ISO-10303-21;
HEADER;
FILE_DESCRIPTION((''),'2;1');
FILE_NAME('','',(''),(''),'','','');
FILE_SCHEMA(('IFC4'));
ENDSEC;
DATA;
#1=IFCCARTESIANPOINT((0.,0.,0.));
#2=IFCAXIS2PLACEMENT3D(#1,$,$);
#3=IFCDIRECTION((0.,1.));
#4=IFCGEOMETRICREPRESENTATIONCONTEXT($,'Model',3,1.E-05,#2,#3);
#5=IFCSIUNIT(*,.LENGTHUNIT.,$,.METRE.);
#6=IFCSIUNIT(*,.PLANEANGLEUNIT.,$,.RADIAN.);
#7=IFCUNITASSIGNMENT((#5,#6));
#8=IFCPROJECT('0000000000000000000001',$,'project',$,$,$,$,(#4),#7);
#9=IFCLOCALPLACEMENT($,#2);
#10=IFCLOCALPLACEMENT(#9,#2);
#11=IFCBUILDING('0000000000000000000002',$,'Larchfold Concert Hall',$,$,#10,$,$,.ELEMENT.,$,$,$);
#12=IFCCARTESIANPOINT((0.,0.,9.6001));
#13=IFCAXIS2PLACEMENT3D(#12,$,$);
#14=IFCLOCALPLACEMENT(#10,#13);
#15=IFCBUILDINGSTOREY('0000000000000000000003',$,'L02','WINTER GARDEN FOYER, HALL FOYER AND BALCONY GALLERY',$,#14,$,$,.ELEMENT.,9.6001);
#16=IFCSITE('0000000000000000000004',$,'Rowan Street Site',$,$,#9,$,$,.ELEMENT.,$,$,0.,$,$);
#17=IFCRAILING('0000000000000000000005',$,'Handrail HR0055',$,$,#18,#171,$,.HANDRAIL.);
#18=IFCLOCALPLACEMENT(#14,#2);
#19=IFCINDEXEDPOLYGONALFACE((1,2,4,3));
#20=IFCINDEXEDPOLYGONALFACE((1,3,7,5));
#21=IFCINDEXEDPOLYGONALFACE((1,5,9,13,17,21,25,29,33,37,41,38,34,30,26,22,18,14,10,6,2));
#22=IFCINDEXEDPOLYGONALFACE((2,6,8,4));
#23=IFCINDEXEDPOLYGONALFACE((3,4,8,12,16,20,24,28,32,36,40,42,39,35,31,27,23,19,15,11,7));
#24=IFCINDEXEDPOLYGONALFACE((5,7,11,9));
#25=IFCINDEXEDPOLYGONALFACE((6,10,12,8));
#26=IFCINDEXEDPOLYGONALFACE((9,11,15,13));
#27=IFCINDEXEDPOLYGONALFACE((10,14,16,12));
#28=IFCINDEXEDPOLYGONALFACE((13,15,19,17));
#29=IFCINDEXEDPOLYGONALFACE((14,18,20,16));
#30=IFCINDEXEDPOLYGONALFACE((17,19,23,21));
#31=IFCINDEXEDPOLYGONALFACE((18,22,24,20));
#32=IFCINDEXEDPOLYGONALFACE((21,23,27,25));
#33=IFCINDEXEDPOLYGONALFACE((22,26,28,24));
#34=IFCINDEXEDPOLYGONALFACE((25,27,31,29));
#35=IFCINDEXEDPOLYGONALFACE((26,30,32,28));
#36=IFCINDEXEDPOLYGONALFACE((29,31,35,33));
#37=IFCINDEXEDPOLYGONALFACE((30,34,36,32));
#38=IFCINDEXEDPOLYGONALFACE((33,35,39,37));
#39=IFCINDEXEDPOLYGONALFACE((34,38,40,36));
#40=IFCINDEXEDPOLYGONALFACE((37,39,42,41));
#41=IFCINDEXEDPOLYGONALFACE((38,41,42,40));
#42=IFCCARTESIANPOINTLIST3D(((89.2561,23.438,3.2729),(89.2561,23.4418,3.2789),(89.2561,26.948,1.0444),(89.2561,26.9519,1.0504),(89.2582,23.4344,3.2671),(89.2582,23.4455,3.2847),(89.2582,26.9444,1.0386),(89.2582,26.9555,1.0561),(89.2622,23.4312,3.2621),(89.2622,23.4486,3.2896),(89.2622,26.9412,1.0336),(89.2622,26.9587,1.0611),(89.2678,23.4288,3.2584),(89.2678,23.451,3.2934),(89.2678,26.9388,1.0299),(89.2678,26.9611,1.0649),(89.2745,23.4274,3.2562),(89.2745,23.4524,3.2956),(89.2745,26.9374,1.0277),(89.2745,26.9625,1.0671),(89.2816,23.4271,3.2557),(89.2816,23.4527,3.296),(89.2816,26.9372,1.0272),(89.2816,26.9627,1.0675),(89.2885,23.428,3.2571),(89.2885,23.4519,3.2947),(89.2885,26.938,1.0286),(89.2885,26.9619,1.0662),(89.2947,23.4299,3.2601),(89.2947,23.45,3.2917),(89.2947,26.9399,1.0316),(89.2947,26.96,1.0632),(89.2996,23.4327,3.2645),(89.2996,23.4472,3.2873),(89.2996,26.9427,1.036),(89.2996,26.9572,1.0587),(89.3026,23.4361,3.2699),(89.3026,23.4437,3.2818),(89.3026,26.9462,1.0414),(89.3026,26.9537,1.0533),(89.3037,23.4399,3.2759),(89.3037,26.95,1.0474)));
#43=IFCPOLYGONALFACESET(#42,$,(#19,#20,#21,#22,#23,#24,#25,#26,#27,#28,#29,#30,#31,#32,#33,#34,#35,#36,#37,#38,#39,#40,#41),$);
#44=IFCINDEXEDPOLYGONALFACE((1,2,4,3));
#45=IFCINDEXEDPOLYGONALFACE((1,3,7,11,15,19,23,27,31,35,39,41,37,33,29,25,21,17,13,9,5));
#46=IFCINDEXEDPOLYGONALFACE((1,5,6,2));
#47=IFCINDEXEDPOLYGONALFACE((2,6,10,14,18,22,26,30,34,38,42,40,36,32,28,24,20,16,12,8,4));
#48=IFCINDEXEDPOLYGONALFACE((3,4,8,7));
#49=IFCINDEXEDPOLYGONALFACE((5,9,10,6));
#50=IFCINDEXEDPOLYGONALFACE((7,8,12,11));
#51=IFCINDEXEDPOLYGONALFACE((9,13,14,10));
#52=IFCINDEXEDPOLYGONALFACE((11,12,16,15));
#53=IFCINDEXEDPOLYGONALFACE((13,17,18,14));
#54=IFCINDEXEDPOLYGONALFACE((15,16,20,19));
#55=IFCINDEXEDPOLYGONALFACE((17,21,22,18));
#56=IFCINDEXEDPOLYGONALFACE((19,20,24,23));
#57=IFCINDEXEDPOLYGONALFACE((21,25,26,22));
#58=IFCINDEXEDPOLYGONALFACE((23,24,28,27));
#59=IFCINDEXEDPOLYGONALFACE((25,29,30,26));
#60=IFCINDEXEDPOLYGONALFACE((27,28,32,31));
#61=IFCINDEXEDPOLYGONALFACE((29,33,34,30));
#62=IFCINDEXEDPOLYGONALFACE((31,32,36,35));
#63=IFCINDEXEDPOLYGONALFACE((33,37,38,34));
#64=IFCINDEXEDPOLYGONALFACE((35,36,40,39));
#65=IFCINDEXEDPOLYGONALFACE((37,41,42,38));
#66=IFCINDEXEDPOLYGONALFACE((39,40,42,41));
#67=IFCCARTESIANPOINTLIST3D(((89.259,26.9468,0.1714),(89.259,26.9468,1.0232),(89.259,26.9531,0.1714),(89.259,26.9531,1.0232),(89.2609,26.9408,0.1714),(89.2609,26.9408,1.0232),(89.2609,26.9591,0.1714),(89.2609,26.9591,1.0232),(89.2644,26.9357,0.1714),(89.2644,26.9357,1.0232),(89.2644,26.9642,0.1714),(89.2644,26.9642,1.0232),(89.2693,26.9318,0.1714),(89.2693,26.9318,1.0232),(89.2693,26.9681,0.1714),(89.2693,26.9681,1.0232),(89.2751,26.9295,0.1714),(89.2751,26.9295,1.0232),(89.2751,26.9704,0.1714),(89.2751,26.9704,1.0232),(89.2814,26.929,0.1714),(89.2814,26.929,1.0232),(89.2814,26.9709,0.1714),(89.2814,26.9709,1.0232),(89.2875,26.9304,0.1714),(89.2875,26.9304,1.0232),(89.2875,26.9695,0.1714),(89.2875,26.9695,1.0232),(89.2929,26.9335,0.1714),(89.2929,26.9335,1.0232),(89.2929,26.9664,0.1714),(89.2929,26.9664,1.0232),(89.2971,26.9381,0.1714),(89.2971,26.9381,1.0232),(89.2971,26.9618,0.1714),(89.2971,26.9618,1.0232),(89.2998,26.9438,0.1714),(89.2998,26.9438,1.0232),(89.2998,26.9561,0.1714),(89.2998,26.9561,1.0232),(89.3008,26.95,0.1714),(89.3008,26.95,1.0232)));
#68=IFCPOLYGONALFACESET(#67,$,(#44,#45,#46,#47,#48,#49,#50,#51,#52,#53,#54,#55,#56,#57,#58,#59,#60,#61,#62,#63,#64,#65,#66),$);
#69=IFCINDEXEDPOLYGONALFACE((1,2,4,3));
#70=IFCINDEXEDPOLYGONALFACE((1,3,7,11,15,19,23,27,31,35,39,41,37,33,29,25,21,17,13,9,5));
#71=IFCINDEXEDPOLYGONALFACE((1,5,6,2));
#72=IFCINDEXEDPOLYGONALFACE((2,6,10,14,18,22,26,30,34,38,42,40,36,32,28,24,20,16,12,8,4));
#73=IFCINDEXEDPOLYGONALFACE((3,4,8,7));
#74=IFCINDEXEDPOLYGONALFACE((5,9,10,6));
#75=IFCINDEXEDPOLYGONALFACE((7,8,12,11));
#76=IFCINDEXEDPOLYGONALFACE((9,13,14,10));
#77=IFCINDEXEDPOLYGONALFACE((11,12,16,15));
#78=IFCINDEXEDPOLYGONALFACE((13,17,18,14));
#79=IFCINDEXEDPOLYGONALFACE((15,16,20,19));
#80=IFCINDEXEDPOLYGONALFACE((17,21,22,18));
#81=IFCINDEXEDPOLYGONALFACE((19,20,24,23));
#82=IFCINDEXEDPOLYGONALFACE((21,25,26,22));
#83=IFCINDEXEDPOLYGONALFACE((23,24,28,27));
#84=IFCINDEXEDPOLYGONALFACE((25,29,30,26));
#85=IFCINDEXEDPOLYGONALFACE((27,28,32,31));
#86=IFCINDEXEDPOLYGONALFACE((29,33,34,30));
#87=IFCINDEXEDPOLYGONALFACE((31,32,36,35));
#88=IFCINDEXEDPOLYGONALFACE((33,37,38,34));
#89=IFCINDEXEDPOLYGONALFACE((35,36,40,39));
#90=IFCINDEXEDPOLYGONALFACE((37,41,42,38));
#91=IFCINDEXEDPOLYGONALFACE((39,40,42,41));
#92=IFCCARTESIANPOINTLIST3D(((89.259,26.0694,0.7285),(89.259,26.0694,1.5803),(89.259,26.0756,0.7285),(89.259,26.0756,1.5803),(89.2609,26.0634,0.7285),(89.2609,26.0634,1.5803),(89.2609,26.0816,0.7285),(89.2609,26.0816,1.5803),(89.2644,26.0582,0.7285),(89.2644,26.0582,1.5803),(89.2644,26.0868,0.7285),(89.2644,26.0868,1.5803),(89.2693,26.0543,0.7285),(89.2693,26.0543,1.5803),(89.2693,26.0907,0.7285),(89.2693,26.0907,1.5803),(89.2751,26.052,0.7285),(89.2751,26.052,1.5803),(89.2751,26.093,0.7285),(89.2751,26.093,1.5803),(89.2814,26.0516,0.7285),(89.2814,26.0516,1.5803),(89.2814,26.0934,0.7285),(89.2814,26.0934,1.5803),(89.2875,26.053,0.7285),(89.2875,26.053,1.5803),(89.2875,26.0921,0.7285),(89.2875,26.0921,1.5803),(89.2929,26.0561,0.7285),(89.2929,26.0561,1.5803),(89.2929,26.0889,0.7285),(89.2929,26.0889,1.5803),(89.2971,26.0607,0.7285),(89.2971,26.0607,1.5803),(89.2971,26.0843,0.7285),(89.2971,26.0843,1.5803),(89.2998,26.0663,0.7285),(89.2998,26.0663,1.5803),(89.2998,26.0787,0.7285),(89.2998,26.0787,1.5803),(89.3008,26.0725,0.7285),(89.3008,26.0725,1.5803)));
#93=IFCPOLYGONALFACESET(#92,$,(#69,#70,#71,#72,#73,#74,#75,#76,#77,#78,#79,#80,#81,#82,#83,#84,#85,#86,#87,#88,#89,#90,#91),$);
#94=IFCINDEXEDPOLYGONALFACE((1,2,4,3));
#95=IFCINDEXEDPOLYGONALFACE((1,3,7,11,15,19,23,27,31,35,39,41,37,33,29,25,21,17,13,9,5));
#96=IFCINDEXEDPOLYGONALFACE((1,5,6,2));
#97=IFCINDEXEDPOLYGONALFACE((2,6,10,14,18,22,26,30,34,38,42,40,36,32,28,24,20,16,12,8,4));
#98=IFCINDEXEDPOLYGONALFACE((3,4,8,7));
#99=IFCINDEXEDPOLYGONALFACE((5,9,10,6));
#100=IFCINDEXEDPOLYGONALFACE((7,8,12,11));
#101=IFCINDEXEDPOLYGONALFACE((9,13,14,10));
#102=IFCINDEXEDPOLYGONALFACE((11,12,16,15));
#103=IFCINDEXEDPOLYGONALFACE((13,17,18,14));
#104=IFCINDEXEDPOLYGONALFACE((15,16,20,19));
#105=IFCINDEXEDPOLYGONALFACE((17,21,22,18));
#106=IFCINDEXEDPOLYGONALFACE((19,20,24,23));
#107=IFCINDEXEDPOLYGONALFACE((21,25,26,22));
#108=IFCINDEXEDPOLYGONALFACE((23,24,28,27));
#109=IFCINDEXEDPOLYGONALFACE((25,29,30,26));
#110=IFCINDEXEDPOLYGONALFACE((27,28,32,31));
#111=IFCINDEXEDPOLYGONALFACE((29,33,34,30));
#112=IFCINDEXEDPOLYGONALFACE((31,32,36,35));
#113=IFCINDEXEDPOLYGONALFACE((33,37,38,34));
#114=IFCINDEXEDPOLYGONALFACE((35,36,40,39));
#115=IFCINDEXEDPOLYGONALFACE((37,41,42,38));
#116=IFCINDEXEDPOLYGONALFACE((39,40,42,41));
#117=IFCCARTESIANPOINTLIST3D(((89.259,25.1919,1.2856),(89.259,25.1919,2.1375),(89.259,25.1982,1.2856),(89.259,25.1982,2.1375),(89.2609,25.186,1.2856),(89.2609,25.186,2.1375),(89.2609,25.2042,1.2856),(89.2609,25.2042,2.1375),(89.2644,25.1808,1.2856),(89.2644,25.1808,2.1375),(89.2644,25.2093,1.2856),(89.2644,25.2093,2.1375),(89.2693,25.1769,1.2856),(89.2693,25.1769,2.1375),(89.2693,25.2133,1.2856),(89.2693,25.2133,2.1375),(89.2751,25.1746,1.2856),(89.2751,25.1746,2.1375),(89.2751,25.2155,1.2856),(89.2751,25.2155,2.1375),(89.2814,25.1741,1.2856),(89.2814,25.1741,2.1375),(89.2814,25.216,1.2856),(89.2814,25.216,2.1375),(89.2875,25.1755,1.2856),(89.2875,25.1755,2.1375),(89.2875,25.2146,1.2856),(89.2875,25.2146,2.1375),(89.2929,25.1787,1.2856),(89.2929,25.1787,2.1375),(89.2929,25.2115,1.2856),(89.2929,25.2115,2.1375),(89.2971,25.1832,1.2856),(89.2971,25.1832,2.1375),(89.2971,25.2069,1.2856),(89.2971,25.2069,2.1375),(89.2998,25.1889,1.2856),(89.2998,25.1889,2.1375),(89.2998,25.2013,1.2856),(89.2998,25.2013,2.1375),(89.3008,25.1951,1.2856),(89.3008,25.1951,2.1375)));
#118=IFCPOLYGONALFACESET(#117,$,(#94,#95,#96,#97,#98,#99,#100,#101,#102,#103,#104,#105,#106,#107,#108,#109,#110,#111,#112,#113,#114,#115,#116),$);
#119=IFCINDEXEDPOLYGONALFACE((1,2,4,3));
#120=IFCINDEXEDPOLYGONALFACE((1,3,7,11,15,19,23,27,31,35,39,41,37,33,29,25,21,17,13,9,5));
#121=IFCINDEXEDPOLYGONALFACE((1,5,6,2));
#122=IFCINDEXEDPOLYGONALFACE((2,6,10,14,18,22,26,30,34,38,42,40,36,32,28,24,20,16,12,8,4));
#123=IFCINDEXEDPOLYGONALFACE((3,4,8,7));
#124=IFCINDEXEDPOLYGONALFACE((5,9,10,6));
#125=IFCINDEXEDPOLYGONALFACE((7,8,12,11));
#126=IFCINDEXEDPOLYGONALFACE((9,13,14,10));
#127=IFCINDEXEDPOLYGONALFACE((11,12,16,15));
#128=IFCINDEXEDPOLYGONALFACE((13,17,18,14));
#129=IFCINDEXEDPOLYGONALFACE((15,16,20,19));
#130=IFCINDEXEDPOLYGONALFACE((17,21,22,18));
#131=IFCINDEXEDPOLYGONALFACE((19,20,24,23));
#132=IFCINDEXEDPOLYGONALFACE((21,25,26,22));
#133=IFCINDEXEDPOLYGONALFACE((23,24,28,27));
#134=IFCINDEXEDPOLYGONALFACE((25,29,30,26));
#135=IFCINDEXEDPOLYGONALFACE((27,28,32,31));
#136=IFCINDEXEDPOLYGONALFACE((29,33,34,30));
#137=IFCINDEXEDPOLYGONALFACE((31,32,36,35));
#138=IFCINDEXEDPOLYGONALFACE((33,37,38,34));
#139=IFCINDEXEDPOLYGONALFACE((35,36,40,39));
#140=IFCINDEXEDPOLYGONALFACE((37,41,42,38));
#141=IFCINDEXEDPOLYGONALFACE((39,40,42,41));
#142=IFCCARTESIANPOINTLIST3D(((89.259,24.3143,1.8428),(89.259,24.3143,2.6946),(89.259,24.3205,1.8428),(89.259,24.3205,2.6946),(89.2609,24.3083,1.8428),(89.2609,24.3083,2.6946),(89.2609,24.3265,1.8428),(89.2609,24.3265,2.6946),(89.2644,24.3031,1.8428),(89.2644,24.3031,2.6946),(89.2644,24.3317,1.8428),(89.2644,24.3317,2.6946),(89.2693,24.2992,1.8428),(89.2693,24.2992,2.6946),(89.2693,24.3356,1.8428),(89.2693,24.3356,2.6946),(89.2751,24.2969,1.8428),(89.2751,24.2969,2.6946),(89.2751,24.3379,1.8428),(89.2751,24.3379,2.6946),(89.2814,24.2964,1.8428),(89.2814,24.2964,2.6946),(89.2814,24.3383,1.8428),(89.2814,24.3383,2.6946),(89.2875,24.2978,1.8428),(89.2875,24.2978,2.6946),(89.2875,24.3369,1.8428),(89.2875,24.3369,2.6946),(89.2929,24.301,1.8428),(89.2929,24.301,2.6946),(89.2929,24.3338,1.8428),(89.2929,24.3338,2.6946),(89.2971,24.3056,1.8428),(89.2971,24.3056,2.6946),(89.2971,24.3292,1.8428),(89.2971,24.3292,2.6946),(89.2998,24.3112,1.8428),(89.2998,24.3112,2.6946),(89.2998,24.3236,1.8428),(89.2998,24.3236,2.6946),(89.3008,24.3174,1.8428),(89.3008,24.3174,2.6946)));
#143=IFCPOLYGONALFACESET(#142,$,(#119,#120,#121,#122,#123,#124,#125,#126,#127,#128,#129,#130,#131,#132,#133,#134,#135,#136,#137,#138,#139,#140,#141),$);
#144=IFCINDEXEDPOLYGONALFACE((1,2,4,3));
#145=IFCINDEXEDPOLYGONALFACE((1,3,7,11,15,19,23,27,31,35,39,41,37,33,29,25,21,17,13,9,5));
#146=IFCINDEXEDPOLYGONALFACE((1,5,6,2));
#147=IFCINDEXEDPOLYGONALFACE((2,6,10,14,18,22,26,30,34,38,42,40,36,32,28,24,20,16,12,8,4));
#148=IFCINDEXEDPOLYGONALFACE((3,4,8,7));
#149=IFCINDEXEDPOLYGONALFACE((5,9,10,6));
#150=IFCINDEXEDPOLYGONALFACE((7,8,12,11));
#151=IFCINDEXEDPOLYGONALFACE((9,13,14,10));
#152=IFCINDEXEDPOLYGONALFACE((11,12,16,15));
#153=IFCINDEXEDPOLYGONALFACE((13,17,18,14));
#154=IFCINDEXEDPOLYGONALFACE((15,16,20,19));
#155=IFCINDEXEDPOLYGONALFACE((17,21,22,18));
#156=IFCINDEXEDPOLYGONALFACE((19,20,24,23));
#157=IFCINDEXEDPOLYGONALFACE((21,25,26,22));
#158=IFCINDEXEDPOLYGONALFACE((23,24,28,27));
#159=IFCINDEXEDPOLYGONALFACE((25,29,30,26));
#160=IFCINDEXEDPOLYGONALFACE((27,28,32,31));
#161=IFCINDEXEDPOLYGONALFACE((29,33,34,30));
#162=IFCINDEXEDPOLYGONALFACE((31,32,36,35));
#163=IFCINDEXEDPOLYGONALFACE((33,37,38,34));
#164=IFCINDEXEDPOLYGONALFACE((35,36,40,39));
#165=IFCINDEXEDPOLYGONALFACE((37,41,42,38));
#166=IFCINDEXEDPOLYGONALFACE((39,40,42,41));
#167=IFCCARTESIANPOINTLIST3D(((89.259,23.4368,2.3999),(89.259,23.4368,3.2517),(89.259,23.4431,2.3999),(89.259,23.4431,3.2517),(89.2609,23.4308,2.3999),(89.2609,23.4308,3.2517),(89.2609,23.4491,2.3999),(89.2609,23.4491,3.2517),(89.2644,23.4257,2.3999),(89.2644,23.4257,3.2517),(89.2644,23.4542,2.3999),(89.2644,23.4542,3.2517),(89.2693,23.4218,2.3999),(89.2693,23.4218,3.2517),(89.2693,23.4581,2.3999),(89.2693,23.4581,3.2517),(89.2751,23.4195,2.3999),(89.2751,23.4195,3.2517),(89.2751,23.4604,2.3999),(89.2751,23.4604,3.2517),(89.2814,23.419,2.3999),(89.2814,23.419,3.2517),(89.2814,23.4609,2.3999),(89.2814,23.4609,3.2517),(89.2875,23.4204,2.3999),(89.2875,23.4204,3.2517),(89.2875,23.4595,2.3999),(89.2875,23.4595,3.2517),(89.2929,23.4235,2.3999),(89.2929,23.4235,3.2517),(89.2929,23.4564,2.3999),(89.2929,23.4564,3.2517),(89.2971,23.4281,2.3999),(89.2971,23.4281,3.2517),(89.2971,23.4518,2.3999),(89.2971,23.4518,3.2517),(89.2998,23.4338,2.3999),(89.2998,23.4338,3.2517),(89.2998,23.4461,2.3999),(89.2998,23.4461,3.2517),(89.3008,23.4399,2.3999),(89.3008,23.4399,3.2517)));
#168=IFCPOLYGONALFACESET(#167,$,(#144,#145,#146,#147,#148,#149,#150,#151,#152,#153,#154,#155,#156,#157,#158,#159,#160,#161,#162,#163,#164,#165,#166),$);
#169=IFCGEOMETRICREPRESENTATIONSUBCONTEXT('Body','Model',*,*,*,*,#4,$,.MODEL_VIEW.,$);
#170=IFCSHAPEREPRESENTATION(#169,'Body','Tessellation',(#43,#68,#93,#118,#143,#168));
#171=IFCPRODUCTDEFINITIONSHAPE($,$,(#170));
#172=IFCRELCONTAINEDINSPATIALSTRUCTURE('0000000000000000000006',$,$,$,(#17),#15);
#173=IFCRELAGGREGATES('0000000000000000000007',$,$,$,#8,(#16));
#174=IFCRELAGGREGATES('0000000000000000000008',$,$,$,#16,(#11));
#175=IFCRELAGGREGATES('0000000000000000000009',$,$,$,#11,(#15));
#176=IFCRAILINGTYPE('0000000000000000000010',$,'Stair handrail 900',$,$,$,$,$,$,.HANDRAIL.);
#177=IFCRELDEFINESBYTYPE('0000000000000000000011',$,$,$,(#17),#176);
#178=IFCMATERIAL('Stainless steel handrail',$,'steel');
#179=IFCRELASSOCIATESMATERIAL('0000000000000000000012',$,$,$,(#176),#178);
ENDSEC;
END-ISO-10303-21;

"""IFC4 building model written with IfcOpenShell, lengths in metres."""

from ifc_helpers import new_model, si_unit, direction, frame, origin, origin_2d, place, context, subcontext, project, spatial, circle, extrude, material, type_object, element, save


model = new_model("IFC4")

# Units and contexts
model_context = context("Model", 3, precision=1e-05, world=origin(), true_north=direction((0.0, 1.0)))
body_context = subcontext(model_context, "Body", "Model", "MODEL_VIEW")
ifc_project = project(units=[si_unit("LENGTHUNIT", "METRE"), si_unit("PLANEANGLEUNIT", "RADIAN")], contexts=[model_context])

# Site, building, storey
site_placement = place(None, origin())
site = spatial("IfcSite", under=ifc_project, at=site_placement, Name="Rowan Street Site", CompositionType="ELEMENT", RefElevation=0.0)
building_placement = place(site_placement, origin())
building = spatial("IfcBuilding", under=site, at=building_placement, Name="Larchfold Concert Hall", CompositionType="ELEMENT")
storey_placement = place(building_placement, frame((0.0, 0.0, 9.6001)))
storey = spatial("IfcBuildingStorey", under=building, at=storey_placement, Name="L02", Description="WINTER GARDEN FOYER, HALL FOYER AND BALCONY GALLERY", CompositionType="ELEMENT", Elevation=9.6001)

# Railing
ifc_material_1 = material(Name="Stainless steel handrail", Category="steel")
railing_type_1 = type_object("IfcRailingType", Name="Stair handrail 900", PredefinedType="HANDRAIL", material=ifc_material_1)
railing_1_placement = place(storey_placement, frame((89.2798, 26.95, 0.1714)))
element("IfcRailing", 1, at=railing_1_placement, inside=storey, type_object=railing_type_1, Name="Handrail HR0055", PredefinedType="HANDRAIL", context=body_context, shape_type="SweptSolid", body=[
    extrude(circle(Radius=0.0239, at=origin_2d()), frame((0.0, 0.0, 0.876), z_axis=(0.0, -0.84422, 0.535998), x_axis=(1.0, 0.0, 0.0)), (0.0, 0.0, 1.0), 4.1577),
    extrude(circle(Radius=0.021, at=origin_2d()), origin(), (0.0, 0.0, 1.0), 0.8518),
    extrude(circle(Radius=0.021, at=origin_2d()), frame((0.0, -0.8774, 0.5571)), (0.0, 0.0, 1.0), 0.8518),
    extrude(circle(Radius=0.021, at=origin_2d()), frame((0.0, -1.7549, 1.1143)), (0.0, 0.0, 1.0), 0.8518),
    extrude(circle(Radius=0.021, at=origin_2d()), frame((0.0, -2.6326, 1.6714)), (0.0, 0.0, 1.0), 0.8518),
    extrude(circle(Radius=0.021, at=origin_2d()), frame((0.0, -3.51, 2.2285)), (0.0, 0.0, 1.0), 0.8518),
])

save(model, "model.ifc")
